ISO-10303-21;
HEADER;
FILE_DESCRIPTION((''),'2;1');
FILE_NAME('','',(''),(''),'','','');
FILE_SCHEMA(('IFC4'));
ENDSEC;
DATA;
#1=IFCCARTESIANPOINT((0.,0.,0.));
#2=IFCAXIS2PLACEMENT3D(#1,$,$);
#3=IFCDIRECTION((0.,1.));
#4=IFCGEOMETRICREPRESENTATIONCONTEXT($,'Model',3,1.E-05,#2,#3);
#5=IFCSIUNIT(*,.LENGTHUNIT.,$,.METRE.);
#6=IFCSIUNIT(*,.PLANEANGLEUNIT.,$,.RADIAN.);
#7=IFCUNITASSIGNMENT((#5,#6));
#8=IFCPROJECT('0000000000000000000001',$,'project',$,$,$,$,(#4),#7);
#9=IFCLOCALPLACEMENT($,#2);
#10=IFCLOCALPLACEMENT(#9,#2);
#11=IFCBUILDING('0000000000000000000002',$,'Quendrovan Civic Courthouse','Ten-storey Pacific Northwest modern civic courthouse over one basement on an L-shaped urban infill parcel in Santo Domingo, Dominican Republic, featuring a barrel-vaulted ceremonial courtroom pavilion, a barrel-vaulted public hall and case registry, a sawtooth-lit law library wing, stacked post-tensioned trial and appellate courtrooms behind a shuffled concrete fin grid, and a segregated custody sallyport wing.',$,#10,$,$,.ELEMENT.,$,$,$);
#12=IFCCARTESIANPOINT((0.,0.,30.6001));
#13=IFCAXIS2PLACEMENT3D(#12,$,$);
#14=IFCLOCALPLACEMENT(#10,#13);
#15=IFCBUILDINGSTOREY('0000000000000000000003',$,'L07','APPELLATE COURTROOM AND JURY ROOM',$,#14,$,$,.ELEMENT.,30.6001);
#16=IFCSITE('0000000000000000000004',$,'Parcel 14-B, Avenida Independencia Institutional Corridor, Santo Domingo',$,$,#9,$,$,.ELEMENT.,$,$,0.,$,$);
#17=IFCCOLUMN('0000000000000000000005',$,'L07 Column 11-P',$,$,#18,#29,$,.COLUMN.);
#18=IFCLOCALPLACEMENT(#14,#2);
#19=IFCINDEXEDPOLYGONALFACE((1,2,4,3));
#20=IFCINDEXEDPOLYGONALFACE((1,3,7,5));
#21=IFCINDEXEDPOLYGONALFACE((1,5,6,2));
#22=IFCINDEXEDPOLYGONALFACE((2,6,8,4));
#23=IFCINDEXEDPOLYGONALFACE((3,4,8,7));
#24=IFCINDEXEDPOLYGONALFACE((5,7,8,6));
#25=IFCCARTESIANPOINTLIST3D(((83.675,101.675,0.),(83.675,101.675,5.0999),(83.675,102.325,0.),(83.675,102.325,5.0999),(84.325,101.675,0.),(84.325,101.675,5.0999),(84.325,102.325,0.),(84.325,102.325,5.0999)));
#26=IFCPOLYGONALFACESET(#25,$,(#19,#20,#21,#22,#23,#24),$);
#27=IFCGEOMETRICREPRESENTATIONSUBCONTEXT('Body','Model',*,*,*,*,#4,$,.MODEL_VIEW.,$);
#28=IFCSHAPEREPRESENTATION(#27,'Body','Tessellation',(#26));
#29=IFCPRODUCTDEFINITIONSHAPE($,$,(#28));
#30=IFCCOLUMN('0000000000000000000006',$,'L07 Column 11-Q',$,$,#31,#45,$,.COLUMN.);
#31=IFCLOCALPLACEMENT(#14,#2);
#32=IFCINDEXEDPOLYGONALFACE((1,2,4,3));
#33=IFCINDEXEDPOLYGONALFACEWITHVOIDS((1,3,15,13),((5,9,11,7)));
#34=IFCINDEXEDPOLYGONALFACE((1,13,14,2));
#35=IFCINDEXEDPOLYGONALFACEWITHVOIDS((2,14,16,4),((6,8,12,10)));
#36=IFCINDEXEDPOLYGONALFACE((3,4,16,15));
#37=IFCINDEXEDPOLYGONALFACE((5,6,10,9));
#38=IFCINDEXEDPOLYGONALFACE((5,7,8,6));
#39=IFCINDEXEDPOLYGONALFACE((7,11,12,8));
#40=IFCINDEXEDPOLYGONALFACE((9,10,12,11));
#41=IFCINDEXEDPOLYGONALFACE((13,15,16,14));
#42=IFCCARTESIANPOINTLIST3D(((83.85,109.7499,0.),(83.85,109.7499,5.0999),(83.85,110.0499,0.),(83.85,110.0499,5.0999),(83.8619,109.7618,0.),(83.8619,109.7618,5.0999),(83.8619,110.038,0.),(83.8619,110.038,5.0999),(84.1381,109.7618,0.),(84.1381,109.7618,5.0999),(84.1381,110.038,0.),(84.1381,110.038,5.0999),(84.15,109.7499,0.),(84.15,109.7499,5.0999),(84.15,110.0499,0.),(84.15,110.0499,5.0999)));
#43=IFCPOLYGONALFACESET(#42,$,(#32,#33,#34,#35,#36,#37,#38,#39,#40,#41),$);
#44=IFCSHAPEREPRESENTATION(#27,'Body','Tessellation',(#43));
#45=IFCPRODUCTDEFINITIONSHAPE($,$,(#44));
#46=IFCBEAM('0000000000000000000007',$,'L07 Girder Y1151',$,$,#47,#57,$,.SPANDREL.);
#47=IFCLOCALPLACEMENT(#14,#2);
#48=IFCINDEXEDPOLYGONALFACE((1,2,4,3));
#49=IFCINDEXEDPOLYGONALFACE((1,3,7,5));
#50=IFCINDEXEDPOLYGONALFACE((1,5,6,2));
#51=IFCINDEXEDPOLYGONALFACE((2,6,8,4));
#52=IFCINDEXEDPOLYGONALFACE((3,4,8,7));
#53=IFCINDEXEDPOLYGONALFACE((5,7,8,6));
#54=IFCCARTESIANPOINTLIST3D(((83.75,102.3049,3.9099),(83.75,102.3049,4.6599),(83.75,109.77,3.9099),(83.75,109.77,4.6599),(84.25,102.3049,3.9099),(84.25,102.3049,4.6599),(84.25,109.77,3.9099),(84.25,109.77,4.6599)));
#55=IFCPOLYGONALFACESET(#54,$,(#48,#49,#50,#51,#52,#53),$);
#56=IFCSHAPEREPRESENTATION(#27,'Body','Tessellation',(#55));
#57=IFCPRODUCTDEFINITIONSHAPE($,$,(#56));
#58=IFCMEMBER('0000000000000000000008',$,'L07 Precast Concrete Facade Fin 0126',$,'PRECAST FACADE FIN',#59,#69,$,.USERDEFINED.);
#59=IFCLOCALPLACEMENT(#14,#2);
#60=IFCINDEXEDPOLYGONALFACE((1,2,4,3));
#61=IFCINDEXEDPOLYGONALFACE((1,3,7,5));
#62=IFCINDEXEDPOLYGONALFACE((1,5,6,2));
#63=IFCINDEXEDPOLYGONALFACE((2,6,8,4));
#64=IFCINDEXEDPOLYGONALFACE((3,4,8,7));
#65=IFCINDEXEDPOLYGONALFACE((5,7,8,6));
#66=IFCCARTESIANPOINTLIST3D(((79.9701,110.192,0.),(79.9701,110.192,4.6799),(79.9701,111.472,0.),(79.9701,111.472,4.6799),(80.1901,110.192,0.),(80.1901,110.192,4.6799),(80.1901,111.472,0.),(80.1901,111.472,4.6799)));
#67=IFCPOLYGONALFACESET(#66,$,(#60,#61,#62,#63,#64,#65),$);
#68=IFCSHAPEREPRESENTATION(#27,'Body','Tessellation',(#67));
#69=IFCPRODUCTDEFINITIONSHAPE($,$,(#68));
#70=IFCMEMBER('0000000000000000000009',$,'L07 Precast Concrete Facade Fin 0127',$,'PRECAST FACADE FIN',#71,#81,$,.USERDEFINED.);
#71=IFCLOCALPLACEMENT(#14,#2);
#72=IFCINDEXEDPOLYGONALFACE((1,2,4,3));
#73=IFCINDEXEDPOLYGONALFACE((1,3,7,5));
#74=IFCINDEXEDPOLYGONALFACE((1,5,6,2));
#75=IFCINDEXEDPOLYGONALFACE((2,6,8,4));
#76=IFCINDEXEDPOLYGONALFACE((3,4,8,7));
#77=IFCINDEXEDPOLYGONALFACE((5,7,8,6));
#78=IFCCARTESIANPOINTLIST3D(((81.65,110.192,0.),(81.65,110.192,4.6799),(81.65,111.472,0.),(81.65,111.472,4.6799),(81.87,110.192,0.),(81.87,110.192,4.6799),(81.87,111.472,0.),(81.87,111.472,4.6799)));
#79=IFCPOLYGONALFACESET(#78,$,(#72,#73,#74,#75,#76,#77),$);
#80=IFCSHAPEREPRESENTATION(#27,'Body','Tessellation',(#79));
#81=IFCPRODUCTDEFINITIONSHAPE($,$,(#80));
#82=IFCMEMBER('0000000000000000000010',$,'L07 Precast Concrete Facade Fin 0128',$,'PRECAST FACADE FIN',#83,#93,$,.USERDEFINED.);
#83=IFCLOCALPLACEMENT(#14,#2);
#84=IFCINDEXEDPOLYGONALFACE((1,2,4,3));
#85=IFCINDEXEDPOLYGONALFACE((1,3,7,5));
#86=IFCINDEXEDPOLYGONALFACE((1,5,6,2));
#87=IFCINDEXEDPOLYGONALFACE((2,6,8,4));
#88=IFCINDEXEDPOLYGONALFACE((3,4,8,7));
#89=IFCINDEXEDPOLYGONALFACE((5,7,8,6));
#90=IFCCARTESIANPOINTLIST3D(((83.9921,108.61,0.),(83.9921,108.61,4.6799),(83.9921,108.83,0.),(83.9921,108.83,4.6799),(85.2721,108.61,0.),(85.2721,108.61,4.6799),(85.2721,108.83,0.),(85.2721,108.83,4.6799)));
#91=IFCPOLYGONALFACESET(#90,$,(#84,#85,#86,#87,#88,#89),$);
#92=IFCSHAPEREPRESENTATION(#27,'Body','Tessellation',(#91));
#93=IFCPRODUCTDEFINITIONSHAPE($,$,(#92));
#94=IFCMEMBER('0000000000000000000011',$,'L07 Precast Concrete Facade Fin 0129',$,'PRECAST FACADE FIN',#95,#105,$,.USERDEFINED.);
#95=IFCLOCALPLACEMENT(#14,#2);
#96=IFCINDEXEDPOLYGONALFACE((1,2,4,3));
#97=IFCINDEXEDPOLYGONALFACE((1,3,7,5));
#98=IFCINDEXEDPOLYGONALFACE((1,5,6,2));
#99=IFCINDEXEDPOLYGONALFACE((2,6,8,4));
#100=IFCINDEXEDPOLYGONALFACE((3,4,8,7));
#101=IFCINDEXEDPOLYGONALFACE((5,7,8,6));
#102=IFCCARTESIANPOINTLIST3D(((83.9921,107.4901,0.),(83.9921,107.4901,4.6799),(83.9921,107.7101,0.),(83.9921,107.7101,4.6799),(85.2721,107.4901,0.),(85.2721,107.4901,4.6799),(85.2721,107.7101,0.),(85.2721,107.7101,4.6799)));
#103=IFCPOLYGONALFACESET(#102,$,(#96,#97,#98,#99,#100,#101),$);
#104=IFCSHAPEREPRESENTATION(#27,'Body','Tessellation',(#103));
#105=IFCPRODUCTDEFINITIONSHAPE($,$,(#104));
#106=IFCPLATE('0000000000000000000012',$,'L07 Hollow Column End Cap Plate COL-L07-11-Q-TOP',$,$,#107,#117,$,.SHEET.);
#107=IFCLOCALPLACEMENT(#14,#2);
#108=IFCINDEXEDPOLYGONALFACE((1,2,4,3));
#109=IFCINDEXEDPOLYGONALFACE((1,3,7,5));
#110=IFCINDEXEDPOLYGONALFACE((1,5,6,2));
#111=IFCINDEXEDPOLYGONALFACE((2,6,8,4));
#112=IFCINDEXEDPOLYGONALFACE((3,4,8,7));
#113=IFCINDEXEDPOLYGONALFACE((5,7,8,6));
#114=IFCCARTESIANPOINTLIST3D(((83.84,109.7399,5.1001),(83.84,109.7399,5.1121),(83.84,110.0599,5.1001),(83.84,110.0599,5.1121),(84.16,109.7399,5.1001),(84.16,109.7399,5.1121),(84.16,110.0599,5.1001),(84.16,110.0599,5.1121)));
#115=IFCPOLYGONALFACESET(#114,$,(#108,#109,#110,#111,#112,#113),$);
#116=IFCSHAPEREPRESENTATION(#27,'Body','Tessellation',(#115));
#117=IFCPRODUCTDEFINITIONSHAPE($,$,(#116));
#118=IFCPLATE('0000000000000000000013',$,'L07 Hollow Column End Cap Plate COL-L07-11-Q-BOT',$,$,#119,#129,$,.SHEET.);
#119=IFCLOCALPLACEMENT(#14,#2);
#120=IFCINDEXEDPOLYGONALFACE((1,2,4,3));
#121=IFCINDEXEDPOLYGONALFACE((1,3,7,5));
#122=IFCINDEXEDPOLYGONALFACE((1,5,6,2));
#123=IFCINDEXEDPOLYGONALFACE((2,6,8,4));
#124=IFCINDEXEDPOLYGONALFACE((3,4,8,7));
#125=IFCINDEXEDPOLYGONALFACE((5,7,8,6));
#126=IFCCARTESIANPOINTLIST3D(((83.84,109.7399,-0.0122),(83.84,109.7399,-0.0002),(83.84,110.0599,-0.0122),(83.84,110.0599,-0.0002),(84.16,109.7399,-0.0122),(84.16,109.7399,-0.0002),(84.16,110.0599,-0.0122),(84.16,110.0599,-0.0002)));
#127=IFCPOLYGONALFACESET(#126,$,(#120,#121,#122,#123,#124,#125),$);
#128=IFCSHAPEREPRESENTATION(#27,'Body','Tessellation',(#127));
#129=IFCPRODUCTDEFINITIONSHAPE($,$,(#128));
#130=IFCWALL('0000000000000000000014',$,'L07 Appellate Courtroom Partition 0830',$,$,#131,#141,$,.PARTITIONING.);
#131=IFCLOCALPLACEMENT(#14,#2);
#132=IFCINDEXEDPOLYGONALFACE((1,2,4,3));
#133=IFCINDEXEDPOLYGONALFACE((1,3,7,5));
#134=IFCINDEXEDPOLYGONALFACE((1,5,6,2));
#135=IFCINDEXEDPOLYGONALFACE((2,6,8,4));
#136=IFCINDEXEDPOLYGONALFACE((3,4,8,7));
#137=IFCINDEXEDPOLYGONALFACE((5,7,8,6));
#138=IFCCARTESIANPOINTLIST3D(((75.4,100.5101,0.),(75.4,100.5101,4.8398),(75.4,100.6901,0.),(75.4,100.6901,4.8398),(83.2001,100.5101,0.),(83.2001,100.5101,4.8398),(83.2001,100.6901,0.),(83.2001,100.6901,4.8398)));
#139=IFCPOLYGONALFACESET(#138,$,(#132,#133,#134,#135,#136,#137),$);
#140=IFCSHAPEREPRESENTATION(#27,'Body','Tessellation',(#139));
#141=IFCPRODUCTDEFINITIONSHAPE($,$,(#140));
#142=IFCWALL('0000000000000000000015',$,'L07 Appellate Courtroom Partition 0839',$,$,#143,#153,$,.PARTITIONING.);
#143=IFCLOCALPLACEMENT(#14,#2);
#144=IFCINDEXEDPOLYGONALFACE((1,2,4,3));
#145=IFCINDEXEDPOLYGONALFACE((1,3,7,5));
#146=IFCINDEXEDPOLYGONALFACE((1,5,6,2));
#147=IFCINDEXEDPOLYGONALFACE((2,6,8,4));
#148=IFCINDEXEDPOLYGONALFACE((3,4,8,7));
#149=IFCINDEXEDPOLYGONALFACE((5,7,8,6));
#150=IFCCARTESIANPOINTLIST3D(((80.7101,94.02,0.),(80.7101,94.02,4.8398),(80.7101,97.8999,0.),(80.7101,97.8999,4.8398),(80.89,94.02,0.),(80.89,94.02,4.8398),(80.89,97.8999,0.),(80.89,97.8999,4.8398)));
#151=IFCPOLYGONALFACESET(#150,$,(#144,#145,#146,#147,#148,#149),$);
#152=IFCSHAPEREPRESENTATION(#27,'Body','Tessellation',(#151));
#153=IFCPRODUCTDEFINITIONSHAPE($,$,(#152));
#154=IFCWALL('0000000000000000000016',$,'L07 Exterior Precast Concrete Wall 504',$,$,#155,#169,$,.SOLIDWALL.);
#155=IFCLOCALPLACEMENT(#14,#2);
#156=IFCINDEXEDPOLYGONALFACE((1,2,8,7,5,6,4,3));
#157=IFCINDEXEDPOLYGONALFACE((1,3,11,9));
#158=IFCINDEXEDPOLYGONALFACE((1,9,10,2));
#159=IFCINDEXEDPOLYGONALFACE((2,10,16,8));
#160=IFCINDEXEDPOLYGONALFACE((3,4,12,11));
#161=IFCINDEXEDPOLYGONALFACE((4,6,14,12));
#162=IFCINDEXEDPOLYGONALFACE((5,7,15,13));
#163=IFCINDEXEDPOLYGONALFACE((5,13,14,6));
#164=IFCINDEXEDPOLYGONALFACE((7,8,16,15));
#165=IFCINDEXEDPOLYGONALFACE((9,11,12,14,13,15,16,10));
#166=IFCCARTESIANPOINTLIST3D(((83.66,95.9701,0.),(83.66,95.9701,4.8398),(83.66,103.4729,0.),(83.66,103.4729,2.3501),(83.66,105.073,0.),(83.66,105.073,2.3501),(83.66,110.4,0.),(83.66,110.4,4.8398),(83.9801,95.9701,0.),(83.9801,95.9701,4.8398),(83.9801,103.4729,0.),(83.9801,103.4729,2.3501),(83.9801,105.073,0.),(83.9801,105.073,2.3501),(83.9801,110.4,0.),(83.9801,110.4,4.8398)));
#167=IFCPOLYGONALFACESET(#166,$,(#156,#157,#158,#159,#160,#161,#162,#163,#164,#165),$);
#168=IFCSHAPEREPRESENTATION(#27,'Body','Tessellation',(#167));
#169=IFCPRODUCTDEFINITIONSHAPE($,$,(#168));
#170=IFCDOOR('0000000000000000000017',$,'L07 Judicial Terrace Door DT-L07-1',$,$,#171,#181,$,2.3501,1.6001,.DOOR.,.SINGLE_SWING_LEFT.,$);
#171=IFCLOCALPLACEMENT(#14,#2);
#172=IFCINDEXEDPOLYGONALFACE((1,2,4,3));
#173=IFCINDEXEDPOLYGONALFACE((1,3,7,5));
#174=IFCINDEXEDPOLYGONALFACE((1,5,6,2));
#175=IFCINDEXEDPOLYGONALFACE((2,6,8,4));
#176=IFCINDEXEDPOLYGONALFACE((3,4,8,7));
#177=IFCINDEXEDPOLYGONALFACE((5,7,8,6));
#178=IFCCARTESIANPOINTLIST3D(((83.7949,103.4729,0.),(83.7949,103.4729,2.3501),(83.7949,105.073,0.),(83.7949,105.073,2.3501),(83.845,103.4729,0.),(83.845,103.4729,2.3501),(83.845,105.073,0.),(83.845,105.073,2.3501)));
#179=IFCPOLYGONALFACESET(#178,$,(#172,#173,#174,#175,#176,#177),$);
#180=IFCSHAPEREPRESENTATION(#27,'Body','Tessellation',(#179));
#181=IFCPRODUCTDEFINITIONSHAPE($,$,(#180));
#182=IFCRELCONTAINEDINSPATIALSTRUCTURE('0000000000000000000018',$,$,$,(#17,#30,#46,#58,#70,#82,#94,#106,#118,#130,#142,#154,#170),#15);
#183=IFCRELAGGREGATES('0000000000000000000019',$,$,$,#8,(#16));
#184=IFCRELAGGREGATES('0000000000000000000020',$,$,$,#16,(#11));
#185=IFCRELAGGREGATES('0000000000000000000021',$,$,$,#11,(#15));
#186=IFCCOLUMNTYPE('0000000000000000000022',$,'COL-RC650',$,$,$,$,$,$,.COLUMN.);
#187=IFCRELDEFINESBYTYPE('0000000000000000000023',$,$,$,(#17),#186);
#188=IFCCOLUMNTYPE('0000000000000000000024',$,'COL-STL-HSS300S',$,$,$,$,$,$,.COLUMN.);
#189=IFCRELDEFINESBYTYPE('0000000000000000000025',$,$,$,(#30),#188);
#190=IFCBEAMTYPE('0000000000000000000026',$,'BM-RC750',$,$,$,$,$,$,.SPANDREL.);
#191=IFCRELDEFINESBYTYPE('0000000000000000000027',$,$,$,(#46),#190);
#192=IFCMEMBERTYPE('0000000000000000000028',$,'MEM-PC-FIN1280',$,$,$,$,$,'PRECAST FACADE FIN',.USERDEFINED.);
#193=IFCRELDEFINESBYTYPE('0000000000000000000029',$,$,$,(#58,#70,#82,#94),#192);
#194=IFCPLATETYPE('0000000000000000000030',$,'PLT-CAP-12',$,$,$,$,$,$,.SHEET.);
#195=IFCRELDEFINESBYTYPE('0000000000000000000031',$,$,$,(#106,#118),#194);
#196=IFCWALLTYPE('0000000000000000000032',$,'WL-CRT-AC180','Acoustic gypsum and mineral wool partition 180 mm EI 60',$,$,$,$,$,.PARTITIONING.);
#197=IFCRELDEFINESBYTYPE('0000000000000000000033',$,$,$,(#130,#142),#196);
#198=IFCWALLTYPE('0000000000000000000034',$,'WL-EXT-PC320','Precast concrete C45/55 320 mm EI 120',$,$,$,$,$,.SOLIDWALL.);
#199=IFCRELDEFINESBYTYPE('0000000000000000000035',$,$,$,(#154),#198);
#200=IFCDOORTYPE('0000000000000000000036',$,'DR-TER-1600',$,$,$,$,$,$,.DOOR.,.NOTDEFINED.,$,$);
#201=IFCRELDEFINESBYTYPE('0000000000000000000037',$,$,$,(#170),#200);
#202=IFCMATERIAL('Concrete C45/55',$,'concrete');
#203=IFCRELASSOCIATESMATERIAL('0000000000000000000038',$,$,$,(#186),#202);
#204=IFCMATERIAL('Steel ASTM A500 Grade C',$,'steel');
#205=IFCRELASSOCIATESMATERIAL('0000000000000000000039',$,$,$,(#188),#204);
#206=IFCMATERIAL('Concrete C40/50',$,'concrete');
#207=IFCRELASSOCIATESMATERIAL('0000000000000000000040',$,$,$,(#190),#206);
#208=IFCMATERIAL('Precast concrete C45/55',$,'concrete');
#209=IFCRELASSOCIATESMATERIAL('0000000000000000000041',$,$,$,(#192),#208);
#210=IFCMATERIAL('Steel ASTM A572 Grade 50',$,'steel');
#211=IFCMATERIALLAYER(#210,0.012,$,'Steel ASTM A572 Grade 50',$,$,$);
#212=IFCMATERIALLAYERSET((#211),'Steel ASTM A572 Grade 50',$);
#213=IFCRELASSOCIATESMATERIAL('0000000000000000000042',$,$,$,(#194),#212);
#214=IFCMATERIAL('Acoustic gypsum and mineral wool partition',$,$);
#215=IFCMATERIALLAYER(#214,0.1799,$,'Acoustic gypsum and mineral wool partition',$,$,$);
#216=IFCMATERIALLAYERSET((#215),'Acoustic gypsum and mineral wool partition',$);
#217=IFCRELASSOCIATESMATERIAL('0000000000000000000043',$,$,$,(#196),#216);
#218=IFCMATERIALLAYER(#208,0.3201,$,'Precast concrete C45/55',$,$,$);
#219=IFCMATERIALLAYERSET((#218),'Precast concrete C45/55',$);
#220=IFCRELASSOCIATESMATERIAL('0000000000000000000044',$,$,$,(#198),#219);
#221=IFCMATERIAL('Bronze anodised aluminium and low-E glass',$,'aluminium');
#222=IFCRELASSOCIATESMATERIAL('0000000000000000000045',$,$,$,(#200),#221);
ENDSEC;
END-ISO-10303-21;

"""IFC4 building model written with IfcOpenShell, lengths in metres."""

from ifc_helpers import new_model, si_unit, direction, frame, frame_2d, origin, origin_2d, place, context, subcontext, project, spatial, rectangle, hollow_rectangle, extrude, material, layer, layer_set, material_profile, profile_set, type_object, element, fill, save


model = new_model("IFC4")

# Units and contexts
model_context = context("Model", 3, precision=1e-05, world=origin(), true_north=direction((0.0, 1.0)))
body_context = subcontext(model_context, "Body", "Model", "MODEL_VIEW")
ifc_project = project(units=[si_unit("LENGTHUNIT", "METRE"), si_unit("PLANEANGLEUNIT", "RADIAN")], contexts=[model_context])

# Site, building, storey
site_placement = place(None, origin())
site = spatial("IfcSite", under=ifc_project, at=site_placement, Name="Parcel 14-B, Avenida Independencia Institutional Corridor, Santo Domingo", CompositionType="ELEMENT", RefElevation=0.0)
building_placement = place(site_placement, origin())
building = spatial("IfcBuilding", under=site, at=building_placement, Name="Quendrovan Civic Courthouse", Description="Ten-storey Pacific Northwest modern civic courthouse over one basement on an L-shaped urban infill parcel in Santo Domingo, Dominican Republic, featuring a barrel-vaulted ceremonial courtroom pavilion, a barrel-vaulted public hall and case registry, a sawtooth-lit law library wing, stacked post-tensioned trial and appellate courtrooms behind a shuffled concrete fin grid, and a segregated custody sallyport wing.", CompositionType="ELEMENT")
storey_placement = place(building_placement, frame((0.0, 0.0, 30.6001)))
storey = spatial("IfcBuildingStorey", under=building, at=storey_placement, Name="L07", Description="APPELLATE COURTROOM AND JURY ROOM", CompositionType="ELEMENT", Elevation=30.6001)

# Columns
ifc_material_1 = material(Name="Concrete C45/55", Category="concrete")
ifc_material_profile_1 = material_profile(ifc_material_1, rectangle(XDim=0.6499, YDim=0.6499, at=origin_2d()), Name="RC-COL-650x650")
ifc_profile_set_1 = profile_set([ifc_material_profile_1], Name="Concrete C45/55")
column_type_1 = type_object("IfcColumnType", Name="COL-RC650", PredefinedType="COLUMN", material=ifc_profile_set_1)
column_1_placement = place(storey_placement, frame((84.0, 102.0, 0.0), z_axis=(0.0, 0.0, 1.0), x_axis=(1.0, 0.0, 0.0)))
element("IfcColumn", 1, at=column_1_placement, inside=storey, type_object=column_type_1, Name="L07 Column 11-P", PredefinedType="COLUMN", context=body_context, shape_type="SweptSolid", body=[
    extrude(rectangle(XDim=0.6499, YDim=0.6499, at=origin_2d()), origin(), (0.0, 0.0, 1.0), 5.0999),
])
ifc_material_2 = material(Name="Steel ASTM A500 Grade C", Category="steel")
ifc_material_profile_2 = material_profile(ifc_material_2, hollow_rectangle(XDim=0.3, YDim=0.3, WallThickness=0.012, at=origin_2d()), Name="HSS300x300x12")
ifc_profile_set_2 = profile_set([ifc_material_profile_2], Name="Steel ASTM A500 Grade C")
column_type_2 = type_object("IfcColumnType", Name="COL-STL-HSS300S", PredefinedType="COLUMN", material=ifc_profile_set_2)
column_2_placement = place(storey_placement, frame((84.0, 109.8999, 0.0), z_axis=(0.0, 0.0, 1.0), x_axis=(1.0, 0.0, 0.0)))
element("IfcColumn", 2, at=column_2_placement, inside=storey, type_object=column_type_2, Name="L07 Column 11-Q", PredefinedType="COLUMN", context=body_context, shape_type="SweptSolid", body=[
    extrude(hollow_rectangle(XDim=0.3, YDim=0.3, WallThickness=0.012, at=origin_2d()), origin(), (0.0, 0.0, 1.0), 5.0999),
])

# Beam
ifc_material_3 = material(Name="Concrete C40/50", Category="concrete")
ifc_material_profile_3 = material_profile(ifc_material_3, rectangle(XDim=0.5, YDim=0.75, at=origin_2d()), Name="RC-BM-500x750")
ifc_profile_set_3 = profile_set([ifc_material_profile_3], Name="Concrete C40/50")
beam_type = type_object("IfcBeamType", Name="BM-RC750", PredefinedType="SPANDREL", material=ifc_profile_set_3)
beam_placement = place(storey_placement, frame((84.0, 102.3049, 4.2849), z_axis=(0.0, 1.0, 0.0), x_axis=(-1.0, 0.0, 0.0)))
element("IfcBeam", 3, at=beam_placement, inside=storey, type_object=beam_type, Name="L07 Girder Y1151", PredefinedType="SPANDREL", context=body_context, shape_type="SweptSolid", body=[
    extrude(rectangle(XDim=0.5, YDim=0.75, at=origin_2d()), origin(), (0.0, 0.0, 1.0), 7.4651),
])

# Members
ifc_material_4 = material(Name="Precast concrete C45/55", Category="concrete")
ifc_material_profile_4 = material_profile(ifc_material_4, rectangle(XDim=0.22, YDim=1.28, at=origin_2d()), Name="PC-FIN-220x1280")
ifc_profile_set_4 = profile_set([ifc_material_profile_4], Name="Precast concrete C45/55")
member_type = type_object("IfcMemberType", Name="MEM-PC-FIN1280", ElementType="PRECAST FACADE FIN", PredefinedType="USERDEFINED", material=ifc_profile_set_4)
for number, where, z_axis, x_axis, name in (
    (4, (80.0801, 110.832, 0.0), (0.0, 0.0, 1.0), (1.0, 0.0, 0.0), "L07 Precast Concrete Facade Fin 0126"),
    (5, (81.76, 110.832, 0.0), (0.0, 0.0, 1.0), (1.0, 0.0, 0.0), "L07 Precast Concrete Facade Fin 0127"),
    (6, (84.6321, 108.72, 0.0), (0.0, 0.0, 1.0), (0.0, -1.0, 0.0), "L07 Precast Concrete Facade Fin 0128"),
    (7, (84.6321, 107.6001, 0.0), (0.0, 0.0, 1.0), (0.0, -1.0, 0.0), "L07 Precast Concrete Facade Fin 0129"),
):
    element("IfcMember", number, at=place(storey_placement, frame(where, z_axis=z_axis, x_axis=x_axis)), inside=storey, type_object=member_type, Name=name, ObjectType="PRECAST FACADE FIN", PredefinedType="USERDEFINED", context=body_context, shape_type="SweptSolid", body=[
        extrude(rectangle(XDim=0.22, YDim=1.28, at=origin_2d()), origin(), (0.0, 0.0, 1.0), 4.6799),
    ])

# Plates
ifc_material_5 = material(Name="Steel ASTM A572 Grade 50", Category="steel")
ifc_layer_1 = layer(ifc_material_5, 0.012, Name="Steel ASTM A572 Grade 50")
ifc_layer_set_1 = layer_set([ifc_layer_1], Name="Steel ASTM A572 Grade 50")
plate_type = type_object("IfcPlateType", Name="PLT-CAP-12", PredefinedType="SHEET", material=ifc_layer_set_1)
for number, where, z_axis, x_axis, name in (
    (8, (84.0, 109.8999, 5.1001), (0.0, 0.0, 1.0), (1.0, 0.0, 0.0), "L07 Hollow Column End Cap Plate COL-L07-11-Q-TOP"),
    (9, (84.0, 109.8999, -0.0122), (0.0, 0.0, 1.0), (1.0, 0.0, 0.0), "L07 Hollow Column End Cap Plate COL-L07-11-Q-BOT"),
):
    element("IfcPlate", number, at=place(storey_placement, frame(where, z_axis=z_axis, x_axis=x_axis)), inside=storey, type_object=plate_type, Name=name, PredefinedType="SHEET", context=body_context, shape_type="SweptSolid", body=[
        extrude(rectangle(XDim=0.3201, YDim=0.3201, at=origin_2d()), origin(), (0.0, 0.0, 1.0), 0.012),
    ])

# Walls
ifc_material_6 = material(Name="Acoustic gypsum and mineral wool partition")
ifc_layer_2 = layer(ifc_material_6, 0.1799, Name="Acoustic gypsum and mineral wool partition")
ifc_layer_set_2 = layer_set([ifc_layer_2], Name="Acoustic gypsum and mineral wool partition")
wall_type_1 = type_object("IfcWallType", Name="WL-CRT-AC180", Description="Acoustic gypsum and mineral wool partition 180 mm EI 60", PredefinedType="PARTITIONING", material=ifc_layer_set_2)
wall_1_placement = place(storey_placement, frame((83.2, 100.6001, 0.0), z_axis=(0.0, 0.0, 1.0), x_axis=(-1.0, 0.0, 0.0)))
element("IfcWall", 10, at=wall_1_placement, inside=storey, type_object=wall_type_1, Name="L07 Appellate Courtroom Partition 0830", PredefinedType="PARTITIONING", context=body_context, shape_type="SweptSolid", body=[
    extrude(rectangle(XDim=7.8, YDim=0.1799, at=frame_2d((3.8999, 0.0))), origin(), (0.0, 0.0, 1.0), 4.8398),
])
wall_2_placement = place(storey_placement, frame((80.8, 97.8999, 0.0), z_axis=(0.0, 0.0, 1.0), x_axis=(0.0, -1.0, 0.0)))
element("IfcWall", 11, at=wall_2_placement, inside=storey, type_object=wall_type_1, Name="L07 Appellate Courtroom Partition 0839", PredefinedType="PARTITIONING", context=body_context, shape_type="SweptSolid", body=[
    extrude(rectangle(XDim=3.8799, YDim=0.1799, at=frame_2d((1.9399, 0.0))), origin(), (0.0, 0.0, 1.0), 4.8398),
])

# Wall, opening, door
ifc_layer_3 = layer(ifc_material_4, 0.3201, Name="Precast concrete C45/55")
ifc_layer_set_3 = layer_set([ifc_layer_3], Name="Precast concrete C45/55")
wall_type_2 = type_object("IfcWallType", Name="WL-EXT-PC320", Description="Precast concrete C45/55 320 mm EI 120", PredefinedType="SOLIDWALL", material=ifc_layer_set_3)
wall_3_placement = place(storey_placement, frame((83.8201, 110.3999, 0.0), z_axis=(0.0, 0.0, 1.0), x_axis=(0.0, -1.0, 0.0)))
wall_3 = element("IfcWall", 12, at=wall_3_placement, inside=storey, type_object=wall_type_2, Name="L07 Exterior Precast Concrete Wall 504", PredefinedType="SOLIDWALL", context=body_context, shape_type="SweptSolid", body=[
    extrude(rectangle(XDim=14.4299, YDim=0.3201, at=frame_2d((7.2148, 0.0))), origin(), (0.0, 0.0, 1.0), 4.8398),
])
opening_1_placement = place(wall_3_placement, frame((5.3269, 0.0, 0.0)))
opening_1 = element("IfcOpeningElement", 13, at=opening_1_placement, cuts=wall_3, PredefinedType="OPENING", context=body_context, shape_type="SweptSolid", body=[
    extrude(rectangle(XDim=1.6001, YDim=2.3501, at=frame_2d((0.8, 1.175))), frame((0.0, 0.1699, 0.0), z_axis=(0.0, -1.0, 0.0), x_axis=(1.0, 0.0, 0.0)), (0.0, 0.0, 1.0), 0.3401),
])
ifc_material_7 = material(Name="Bronze anodised aluminium and low-E glass", Category="aluminium")
door_type_1 = type_object("IfcDoorType", Name="DR-TER-1600", OperationType="NOTDEFINED", PredefinedType="DOOR", material=ifc_material_7)
door_1_placement = place(opening_1_placement, origin())
door_1 = element("IfcDoor", 14, at=door_1_placement, inside=storey, type_object=door_type_1, Name="L07 Judicial Terrace Door DT-L07-1", OperationType="SINGLE_SWING_LEFT", OverallHeight=2.3501, OverallWidth=1.6001, PredefinedType="DOOR", context=body_context, shape_type="SweptSolid", body=[
    extrude(rectangle(XDim=1.6001, YDim=2.3501, at=frame_2d((0.8, 1.175))), frame((0.0, 0.0249, 0.0), z_axis=(0.0, -1.0, 0.0), x_axis=(1.0, 0.0, 0.0)), (0.0, 0.0, 1.0), 0.05),
])
fill(opening_1, door_1)

save(model, "model.ifc")
